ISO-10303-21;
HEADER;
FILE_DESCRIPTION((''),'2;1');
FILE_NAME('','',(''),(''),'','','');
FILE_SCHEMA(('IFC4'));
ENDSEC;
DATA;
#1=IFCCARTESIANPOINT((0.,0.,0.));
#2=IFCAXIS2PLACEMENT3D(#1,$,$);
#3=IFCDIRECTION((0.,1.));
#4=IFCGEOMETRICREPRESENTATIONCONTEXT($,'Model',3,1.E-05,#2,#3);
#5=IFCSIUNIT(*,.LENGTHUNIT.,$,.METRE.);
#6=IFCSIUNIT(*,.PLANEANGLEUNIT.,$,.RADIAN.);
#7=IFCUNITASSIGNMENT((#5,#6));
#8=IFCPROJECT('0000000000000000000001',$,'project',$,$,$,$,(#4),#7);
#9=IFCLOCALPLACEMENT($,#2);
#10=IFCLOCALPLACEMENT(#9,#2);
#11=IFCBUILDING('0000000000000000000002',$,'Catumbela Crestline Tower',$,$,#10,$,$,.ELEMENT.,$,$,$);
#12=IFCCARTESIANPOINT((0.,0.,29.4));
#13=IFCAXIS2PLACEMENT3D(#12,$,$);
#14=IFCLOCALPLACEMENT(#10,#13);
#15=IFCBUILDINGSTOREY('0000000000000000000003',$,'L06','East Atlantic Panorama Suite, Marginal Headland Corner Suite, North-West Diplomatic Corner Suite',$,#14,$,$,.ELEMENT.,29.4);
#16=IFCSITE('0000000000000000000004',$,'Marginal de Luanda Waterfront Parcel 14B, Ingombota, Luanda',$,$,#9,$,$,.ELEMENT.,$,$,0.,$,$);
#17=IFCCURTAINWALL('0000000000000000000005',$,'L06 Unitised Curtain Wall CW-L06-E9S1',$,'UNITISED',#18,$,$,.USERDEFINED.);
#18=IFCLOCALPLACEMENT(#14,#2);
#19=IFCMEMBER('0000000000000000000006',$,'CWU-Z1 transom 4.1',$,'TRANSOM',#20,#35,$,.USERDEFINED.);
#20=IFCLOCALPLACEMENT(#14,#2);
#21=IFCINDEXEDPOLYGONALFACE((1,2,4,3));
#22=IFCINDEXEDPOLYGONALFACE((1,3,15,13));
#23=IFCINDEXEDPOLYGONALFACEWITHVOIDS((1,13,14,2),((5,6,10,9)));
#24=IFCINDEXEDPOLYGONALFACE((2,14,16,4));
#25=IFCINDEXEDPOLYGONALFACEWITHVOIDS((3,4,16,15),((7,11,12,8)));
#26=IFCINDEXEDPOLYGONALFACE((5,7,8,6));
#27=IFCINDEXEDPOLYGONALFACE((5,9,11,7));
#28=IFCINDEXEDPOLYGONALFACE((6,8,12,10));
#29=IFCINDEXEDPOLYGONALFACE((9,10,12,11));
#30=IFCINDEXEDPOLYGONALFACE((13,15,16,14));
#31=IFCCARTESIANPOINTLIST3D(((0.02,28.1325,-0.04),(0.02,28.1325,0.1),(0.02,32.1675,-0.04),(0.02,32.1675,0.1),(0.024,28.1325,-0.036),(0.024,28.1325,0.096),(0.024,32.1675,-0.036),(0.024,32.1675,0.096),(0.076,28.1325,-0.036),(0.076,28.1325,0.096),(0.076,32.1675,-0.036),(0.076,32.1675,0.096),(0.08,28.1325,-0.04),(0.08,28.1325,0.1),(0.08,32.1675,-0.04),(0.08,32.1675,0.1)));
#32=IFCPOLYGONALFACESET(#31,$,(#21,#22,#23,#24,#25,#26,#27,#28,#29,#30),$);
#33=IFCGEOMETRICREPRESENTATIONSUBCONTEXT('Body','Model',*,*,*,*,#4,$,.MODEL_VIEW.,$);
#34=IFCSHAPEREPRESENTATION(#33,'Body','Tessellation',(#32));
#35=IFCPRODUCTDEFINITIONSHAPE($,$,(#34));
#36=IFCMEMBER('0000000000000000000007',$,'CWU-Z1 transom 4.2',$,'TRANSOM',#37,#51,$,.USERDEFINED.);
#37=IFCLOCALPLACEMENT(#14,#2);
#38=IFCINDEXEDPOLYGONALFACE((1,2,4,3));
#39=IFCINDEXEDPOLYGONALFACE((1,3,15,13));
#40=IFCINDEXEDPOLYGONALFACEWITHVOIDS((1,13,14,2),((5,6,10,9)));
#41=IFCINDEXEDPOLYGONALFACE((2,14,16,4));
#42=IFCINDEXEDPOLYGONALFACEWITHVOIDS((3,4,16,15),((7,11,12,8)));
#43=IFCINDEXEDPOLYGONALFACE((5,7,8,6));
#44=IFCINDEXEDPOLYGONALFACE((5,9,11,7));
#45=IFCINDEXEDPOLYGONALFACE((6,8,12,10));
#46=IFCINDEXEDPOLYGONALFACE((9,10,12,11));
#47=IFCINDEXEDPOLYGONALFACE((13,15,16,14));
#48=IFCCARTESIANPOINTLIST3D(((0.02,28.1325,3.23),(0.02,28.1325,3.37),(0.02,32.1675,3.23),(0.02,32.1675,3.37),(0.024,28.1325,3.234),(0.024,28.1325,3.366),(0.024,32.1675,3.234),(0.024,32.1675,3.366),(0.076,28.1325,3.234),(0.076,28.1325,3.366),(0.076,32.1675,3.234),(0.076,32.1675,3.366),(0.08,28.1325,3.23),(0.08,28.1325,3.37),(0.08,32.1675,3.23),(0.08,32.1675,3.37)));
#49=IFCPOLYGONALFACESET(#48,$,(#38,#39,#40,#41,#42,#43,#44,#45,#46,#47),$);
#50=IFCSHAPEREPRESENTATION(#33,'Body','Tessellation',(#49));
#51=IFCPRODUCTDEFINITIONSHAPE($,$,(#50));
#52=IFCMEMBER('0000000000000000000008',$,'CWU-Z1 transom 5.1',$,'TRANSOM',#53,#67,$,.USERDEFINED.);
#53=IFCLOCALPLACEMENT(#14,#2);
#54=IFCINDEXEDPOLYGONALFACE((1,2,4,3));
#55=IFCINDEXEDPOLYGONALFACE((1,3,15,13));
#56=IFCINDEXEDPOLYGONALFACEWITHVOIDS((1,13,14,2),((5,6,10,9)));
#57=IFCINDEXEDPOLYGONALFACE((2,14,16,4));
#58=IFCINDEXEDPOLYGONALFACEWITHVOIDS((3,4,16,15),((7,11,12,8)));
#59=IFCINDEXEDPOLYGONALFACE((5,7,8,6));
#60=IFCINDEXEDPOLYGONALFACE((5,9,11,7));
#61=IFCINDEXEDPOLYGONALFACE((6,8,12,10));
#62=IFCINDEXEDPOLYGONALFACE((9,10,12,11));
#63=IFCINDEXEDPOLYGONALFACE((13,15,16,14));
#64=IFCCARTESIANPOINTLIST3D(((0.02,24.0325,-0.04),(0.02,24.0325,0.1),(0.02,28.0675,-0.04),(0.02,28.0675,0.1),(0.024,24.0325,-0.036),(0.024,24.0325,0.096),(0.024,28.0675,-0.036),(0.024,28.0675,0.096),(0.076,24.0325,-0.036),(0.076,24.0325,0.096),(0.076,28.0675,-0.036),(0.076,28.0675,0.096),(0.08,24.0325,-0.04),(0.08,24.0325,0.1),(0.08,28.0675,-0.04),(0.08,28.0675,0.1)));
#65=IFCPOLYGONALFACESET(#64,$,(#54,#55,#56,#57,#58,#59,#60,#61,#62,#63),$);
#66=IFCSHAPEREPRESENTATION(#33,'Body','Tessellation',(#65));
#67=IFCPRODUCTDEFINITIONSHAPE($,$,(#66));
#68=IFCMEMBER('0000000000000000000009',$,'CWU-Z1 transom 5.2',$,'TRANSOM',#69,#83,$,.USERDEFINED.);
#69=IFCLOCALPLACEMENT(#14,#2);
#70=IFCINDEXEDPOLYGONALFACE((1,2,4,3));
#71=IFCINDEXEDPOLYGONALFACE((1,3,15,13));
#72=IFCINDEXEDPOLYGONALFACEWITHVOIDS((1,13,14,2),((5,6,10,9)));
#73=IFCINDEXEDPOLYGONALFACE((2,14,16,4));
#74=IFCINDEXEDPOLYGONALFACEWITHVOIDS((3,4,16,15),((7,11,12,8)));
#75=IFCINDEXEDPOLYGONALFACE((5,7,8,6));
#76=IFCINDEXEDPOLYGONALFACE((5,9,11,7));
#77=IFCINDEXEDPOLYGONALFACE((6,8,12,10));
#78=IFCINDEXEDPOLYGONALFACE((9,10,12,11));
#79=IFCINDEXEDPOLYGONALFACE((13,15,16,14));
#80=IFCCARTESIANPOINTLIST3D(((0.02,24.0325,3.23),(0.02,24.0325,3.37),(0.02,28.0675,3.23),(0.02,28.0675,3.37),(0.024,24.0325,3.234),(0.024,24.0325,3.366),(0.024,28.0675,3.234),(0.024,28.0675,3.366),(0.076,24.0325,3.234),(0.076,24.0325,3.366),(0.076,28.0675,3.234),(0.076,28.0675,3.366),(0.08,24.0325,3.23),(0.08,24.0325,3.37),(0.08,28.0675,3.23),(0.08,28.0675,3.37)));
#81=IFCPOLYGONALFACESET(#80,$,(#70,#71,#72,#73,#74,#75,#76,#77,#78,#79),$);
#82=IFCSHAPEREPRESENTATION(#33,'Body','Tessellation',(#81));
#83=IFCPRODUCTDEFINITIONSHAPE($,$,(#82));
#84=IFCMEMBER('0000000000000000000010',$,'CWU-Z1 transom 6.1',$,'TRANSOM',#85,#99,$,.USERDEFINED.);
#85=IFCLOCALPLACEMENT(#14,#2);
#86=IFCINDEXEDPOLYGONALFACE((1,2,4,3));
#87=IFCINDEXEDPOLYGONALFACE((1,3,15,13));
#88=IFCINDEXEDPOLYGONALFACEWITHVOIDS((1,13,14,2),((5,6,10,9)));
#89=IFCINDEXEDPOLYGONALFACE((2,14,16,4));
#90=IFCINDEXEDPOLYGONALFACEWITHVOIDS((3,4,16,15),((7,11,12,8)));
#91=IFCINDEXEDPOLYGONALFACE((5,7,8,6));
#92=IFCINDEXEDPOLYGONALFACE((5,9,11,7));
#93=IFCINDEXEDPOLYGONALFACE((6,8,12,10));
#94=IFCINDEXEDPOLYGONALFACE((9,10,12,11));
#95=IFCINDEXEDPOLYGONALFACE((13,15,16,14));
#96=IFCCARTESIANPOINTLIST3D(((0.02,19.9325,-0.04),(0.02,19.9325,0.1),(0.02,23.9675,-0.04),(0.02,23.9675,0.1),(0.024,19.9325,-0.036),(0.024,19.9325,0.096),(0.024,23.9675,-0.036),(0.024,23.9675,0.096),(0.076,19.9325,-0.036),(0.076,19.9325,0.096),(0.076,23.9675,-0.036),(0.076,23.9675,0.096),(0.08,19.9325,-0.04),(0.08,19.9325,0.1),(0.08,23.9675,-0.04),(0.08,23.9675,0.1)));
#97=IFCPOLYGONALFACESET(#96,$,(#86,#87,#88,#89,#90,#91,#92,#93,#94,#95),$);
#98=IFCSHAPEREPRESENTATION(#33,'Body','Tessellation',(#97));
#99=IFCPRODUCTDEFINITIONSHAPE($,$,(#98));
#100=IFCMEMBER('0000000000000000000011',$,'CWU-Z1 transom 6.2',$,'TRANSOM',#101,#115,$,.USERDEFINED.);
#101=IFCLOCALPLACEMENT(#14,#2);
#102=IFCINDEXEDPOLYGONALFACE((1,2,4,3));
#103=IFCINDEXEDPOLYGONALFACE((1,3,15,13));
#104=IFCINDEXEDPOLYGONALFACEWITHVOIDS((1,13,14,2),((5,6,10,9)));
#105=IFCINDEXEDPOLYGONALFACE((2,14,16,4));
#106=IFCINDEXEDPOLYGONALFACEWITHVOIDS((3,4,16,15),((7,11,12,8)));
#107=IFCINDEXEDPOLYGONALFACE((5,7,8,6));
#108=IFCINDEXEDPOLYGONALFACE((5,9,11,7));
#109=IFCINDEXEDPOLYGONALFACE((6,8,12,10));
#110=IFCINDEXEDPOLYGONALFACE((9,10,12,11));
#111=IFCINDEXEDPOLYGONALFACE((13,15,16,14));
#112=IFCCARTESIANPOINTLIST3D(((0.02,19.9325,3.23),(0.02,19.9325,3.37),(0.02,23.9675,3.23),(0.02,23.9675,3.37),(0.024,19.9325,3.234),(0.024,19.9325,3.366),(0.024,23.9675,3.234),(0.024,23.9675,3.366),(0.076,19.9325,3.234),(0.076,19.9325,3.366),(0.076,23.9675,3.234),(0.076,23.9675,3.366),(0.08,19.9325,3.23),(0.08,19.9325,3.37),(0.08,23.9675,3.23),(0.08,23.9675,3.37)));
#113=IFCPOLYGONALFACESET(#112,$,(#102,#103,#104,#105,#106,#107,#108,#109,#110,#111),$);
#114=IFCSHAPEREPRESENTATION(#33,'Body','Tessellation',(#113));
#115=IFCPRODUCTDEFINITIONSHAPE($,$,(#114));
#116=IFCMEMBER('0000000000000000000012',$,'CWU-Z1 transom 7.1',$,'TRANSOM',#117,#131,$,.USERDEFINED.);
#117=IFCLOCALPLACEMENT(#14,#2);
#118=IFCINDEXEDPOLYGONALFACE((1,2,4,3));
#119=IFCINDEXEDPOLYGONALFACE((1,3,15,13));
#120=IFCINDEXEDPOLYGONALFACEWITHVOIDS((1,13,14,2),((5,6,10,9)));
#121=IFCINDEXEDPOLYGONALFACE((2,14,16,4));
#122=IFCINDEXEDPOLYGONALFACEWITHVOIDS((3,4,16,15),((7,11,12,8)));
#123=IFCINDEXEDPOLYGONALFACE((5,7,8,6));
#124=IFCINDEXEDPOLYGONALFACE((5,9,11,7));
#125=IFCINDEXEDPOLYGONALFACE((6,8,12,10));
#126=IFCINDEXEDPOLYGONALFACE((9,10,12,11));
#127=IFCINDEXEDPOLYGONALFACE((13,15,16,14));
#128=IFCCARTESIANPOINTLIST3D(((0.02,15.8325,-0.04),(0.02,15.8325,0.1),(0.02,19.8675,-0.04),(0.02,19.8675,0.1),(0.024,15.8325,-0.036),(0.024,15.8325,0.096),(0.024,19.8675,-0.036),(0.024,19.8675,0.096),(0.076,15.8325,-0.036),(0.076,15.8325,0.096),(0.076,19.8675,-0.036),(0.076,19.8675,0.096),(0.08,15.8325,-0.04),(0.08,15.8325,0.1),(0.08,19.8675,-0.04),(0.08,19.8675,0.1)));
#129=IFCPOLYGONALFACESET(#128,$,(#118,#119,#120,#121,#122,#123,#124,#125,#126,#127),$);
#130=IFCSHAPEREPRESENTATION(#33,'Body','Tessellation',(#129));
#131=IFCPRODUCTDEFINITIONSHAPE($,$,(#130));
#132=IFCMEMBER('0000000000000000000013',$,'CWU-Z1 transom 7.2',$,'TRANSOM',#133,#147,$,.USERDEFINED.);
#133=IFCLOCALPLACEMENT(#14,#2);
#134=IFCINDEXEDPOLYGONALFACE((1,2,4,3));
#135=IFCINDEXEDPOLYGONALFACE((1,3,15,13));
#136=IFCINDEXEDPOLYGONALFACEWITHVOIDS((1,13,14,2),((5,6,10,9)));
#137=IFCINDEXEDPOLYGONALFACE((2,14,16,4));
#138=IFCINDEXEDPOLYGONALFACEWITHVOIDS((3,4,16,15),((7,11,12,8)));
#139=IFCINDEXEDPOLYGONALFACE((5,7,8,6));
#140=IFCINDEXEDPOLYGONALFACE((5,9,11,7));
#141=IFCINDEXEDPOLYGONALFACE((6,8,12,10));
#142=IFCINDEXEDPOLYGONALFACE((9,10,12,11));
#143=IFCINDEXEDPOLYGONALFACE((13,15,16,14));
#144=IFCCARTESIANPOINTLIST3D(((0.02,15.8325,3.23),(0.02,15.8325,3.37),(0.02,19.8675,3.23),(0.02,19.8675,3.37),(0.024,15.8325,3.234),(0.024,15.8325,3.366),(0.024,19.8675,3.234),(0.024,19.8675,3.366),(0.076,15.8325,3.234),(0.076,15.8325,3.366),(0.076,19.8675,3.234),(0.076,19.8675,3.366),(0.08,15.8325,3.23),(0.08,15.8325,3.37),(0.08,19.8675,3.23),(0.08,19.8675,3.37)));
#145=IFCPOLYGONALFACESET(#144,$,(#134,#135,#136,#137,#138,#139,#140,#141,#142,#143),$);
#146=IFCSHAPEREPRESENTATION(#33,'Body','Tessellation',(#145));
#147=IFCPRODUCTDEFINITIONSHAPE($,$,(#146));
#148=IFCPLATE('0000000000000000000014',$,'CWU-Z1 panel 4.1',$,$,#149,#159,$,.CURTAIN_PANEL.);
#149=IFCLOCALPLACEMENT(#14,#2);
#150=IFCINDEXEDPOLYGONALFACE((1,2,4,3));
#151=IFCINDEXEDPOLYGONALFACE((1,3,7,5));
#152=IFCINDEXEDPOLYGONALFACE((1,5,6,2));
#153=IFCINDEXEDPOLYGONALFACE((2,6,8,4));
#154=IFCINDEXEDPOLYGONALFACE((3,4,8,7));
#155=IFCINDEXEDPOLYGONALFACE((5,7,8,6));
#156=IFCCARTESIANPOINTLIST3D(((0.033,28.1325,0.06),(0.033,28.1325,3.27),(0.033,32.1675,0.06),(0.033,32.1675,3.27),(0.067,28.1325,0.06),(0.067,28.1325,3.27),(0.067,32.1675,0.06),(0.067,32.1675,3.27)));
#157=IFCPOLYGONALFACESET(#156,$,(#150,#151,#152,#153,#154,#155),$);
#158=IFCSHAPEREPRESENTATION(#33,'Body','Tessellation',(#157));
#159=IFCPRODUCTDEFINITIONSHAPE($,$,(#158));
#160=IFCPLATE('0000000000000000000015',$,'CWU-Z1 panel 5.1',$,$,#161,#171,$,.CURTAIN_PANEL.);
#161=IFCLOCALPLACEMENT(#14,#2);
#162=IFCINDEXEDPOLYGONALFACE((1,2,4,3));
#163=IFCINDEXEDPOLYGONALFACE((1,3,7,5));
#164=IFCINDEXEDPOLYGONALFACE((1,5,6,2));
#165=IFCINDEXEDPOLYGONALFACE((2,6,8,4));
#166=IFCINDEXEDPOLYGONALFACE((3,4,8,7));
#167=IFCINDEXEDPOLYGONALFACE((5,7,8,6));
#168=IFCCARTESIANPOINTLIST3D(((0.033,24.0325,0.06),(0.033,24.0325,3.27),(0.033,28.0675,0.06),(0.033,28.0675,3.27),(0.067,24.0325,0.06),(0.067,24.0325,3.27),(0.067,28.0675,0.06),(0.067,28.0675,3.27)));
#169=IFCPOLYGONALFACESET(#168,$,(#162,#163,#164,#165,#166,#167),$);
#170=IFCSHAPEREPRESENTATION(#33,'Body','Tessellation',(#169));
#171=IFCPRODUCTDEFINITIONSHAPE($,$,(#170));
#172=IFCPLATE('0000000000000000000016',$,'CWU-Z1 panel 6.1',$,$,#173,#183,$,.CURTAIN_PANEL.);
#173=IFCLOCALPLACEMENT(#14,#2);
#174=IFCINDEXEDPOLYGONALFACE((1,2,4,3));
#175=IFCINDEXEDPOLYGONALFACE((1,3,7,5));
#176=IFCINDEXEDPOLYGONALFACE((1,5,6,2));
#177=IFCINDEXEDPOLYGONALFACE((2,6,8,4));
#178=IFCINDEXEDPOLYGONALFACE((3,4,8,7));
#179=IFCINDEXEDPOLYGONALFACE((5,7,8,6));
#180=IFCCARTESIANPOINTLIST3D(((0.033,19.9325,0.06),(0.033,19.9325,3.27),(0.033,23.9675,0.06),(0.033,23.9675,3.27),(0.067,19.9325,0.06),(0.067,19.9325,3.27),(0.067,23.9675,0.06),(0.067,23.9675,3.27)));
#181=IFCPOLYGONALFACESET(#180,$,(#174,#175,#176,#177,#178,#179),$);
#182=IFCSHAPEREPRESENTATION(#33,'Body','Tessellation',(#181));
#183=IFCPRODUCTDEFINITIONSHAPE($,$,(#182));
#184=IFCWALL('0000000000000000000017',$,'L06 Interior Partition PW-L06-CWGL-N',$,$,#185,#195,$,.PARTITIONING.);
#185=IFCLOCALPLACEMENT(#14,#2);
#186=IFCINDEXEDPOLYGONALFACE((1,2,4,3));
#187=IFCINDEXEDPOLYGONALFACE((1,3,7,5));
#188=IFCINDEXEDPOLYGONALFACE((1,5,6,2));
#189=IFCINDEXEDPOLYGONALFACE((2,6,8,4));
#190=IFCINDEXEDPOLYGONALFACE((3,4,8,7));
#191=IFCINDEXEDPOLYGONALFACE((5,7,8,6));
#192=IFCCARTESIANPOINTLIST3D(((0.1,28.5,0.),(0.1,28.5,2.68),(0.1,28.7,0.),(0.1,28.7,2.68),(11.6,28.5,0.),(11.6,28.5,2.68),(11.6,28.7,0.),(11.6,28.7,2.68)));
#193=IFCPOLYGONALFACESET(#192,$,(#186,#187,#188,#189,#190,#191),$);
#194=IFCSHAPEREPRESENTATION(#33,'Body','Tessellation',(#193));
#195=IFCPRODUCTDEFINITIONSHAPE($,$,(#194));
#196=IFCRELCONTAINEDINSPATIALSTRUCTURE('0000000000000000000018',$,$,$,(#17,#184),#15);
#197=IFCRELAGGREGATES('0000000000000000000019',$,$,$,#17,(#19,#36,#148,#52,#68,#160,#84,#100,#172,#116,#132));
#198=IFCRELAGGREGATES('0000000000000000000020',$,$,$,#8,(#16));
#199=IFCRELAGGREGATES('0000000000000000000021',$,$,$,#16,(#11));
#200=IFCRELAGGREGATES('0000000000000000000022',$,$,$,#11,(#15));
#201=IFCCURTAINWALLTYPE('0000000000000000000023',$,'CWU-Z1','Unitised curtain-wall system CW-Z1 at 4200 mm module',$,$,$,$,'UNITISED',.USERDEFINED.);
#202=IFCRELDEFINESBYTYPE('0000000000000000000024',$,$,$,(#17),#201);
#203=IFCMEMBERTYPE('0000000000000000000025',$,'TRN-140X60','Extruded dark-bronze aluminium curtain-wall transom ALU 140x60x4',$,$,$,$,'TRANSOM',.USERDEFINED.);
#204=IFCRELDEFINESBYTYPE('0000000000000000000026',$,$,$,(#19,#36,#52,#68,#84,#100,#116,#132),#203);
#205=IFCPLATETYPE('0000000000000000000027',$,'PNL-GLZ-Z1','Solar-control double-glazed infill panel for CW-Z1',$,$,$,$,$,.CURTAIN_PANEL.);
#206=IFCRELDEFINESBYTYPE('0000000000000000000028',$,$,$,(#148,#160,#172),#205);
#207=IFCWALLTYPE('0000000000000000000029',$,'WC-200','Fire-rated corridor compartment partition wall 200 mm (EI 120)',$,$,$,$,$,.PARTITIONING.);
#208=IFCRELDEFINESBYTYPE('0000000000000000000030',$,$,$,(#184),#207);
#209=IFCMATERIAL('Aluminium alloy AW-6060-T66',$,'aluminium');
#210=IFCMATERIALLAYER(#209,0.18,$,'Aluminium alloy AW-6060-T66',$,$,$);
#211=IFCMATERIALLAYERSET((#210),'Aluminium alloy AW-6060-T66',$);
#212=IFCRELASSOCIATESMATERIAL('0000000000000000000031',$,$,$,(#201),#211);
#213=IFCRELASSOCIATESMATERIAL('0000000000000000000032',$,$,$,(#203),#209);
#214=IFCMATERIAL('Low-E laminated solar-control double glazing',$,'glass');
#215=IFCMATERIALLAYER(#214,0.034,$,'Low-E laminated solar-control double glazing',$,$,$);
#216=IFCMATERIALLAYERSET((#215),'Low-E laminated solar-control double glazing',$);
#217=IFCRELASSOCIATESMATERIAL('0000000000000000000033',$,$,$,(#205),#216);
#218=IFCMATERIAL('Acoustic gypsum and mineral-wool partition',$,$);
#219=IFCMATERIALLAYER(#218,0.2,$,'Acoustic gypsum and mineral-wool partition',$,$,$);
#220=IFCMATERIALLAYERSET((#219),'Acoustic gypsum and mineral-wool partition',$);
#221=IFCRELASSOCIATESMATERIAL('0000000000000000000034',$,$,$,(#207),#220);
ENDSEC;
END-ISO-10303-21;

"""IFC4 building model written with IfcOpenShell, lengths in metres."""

from ifc_helpers import new_model, si_unit, direction, frame, frame_2d, origin, origin_2d, place, context, subcontext, project, spatial, rectangle, hollow_rectangle, extrude, material, layer, layer_set, material_profile, profile_set, type_object, element, aggregate, save


model = new_model("IFC4")

# Units and contexts
model_context = context("Model", 3, precision=1e-05, world=origin(), true_north=direction((0.0, 1.0)))
body_context = subcontext(model_context, "Body", "Model", "MODEL_VIEW")
ifc_project = project(units=[si_unit("LENGTHUNIT", "METRE"), si_unit("PLANEANGLEUNIT", "RADIAN")], contexts=[model_context])

# Site, building, storey
site_placement = place(None, origin())
site = spatial("IfcSite", under=ifc_project, at=site_placement, Name="Marginal de Luanda Waterfront Parcel 14B, Ingombota, Luanda", CompositionType="ELEMENT", RefElevation=0.0)
building_placement = place(site_placement, origin())
building = spatial("IfcBuilding", under=site, at=building_placement, Name="Catumbela Crestline Tower", CompositionType="ELEMENT")
storey_placement = place(building_placement, frame((0.0, 0.0, 29.4)))
storey = spatial("IfcBuildingStorey", under=building, at=storey_placement, Name="L06", Description="East Atlantic Panorama Suite, Marginal Headland Corner Suite, North-West Diplomatic Corner Suite", CompositionType="ELEMENT", Elevation=29.4)

# Curtain wall
ifc_material_1 = material(Name="Aluminium alloy AW-6060-T66", Category="aluminium")
ifc_layer_1 = layer(ifc_material_1, 0.18, Name="Aluminium alloy AW-6060-T66")
ifc_layer_set_1 = layer_set([ifc_layer_1], Name="Aluminium alloy AW-6060-T66")
curtain_wall_type = type_object("IfcCurtainWallType", Name="CWU-Z1", Description="Unitised curtain-wall system CW-Z1 at 4200 mm module", ElementType="UNITISED", PredefinedType="USERDEFINED", material=ifc_layer_set_1)
curtain_wall_placement = place(storey_placement, origin())
curtain_wall = element("IfcCurtainWall", 1, at=curtain_wall_placement, inside=storey, type_object=curtain_wall_type, Name="L06 Unitised Curtain Wall CW-L06-E9S1", ObjectType="UNITISED", PredefinedType="USERDEFINED")

# Members
ifc_material_profile_1 = material_profile(ifc_material_1, hollow_rectangle(XDim=0.06, YDim=0.14, WallThickness=0.004, at=origin_2d()), Name="ALU 140x60x4")
ifc_profile_set_1 = profile_set([ifc_material_profile_1], Name="Aluminium alloy AW-6060-T66")
member_type_1 = type_object("IfcMemberType", Name="TRN-140X60", Description="Extruded dark-bronze aluminium curtain-wall transom ALU 140x60x4", ElementType="TRANSOM", PredefinedType="USERDEFINED", material=ifc_profile_set_1)
member_1_placement = place(storey_placement, frame((0.05, 32.1675, 0.03), z_axis=(0.0, -1.0, 0.0), x_axis=(1.0, 0.0, 0.0)))
member_1 = element("IfcMember", 2, at=member_1_placement, type_object=member_type_1, Name="CWU-Z1 transom 4.1", ObjectType="TRANSOM", PredefinedType="USERDEFINED", context=body_context, shape_type="SweptSolid", body=[
    extrude(hollow_rectangle(XDim=0.06, YDim=0.14, WallThickness=0.004, at=origin_2d()), origin(), (0.0, 0.0, 1.0), 4.035),
])
member_2_placement = place(storey_placement, frame((0.05, 32.1675, 3.3), z_axis=(0.0, -1.0, 0.0), x_axis=(1.0, 0.0, 0.0)))
member_2 = element("IfcMember", 3, at=member_2_placement, type_object=member_type_1, Name="CWU-Z1 transom 4.2", ObjectType="TRANSOM", PredefinedType="USERDEFINED", context=body_context, shape_type="SweptSolid", body=[
    extrude(hollow_rectangle(XDim=0.06, YDim=0.14, WallThickness=0.004, at=origin_2d()), origin(), (0.0, 0.0, 1.0), 4.035),
])
member_3_placement = place(storey_placement, frame((0.05, 28.0675, 0.03), z_axis=(0.0, -1.0, 0.0), x_axis=(1.0, 0.0, 0.0)))
member_3 = element("IfcMember", 4, at=member_3_placement, type_object=member_type_1, Name="CWU-Z1 transom 5.1", ObjectType="TRANSOM", PredefinedType="USERDEFINED", context=body_context, shape_type="SweptSolid", body=[
    extrude(hollow_rectangle(XDim=0.06, YDim=0.14, WallThickness=0.004, at=origin_2d()), origin(), (0.0, 0.0, 1.0), 4.035),
])
member_4_placement = place(storey_placement, frame((0.05, 28.0675, 3.3), z_axis=(0.0, -1.0, 0.0), x_axis=(1.0, 0.0, 0.0)))
member_4 = element("IfcMember", 5, at=member_4_placement, type_object=member_type_1, Name="CWU-Z1 transom 5.2", ObjectType="TRANSOM", PredefinedType="USERDEFINED", context=body_context, shape_type="SweptSolid", body=[
    extrude(hollow_rectangle(XDim=0.06, YDim=0.14, WallThickness=0.004, at=origin_2d()), origin(), (0.0, 0.0, 1.0), 4.035),
])
member_5_placement = place(storey_placement, frame((0.05, 23.9675, 0.03), z_axis=(0.0, -1.0, 0.0), x_axis=(1.0, 0.0, 0.0)))
member_5 = element("IfcMember", 6, at=member_5_placement, type_object=member_type_1, Name="CWU-Z1 transom 6.1", ObjectType="TRANSOM", PredefinedType="USERDEFINED", context=body_context, shape_type="SweptSolid", body=[
    extrude(hollow_rectangle(XDim=0.06, YDim=0.14, WallThickness=0.004, at=origin_2d()), origin(), (0.0, 0.0, 1.0), 4.035),
])
member_6_placement = place(storey_placement, frame((0.05, 23.9675, 3.3), z_axis=(0.0, -1.0, 0.0), x_axis=(1.0, 0.0, 0.0)))
member_6 = element("IfcMember", 7, at=member_6_placement, type_object=member_type_1, Name="CWU-Z1 transom 6.2", ObjectType="TRANSOM", PredefinedType="USERDEFINED", context=body_context, shape_type="SweptSolid", body=[
    extrude(hollow_rectangle(XDim=0.06, YDim=0.14, WallThickness=0.004, at=origin_2d()), origin(), (0.0, 0.0, 1.0), 4.035),
])
member_7_placement = place(storey_placement, frame((0.05, 19.8675, 0.03), z_axis=(0.0, -1.0, 0.0), x_axis=(1.0, 0.0, 0.0)))
member_7 = element("IfcMember", 8, at=member_7_placement, type_object=member_type_1, Name="CWU-Z1 transom 7.1", ObjectType="TRANSOM", PredefinedType="USERDEFINED", context=body_context, shape_type="SweptSolid", body=[
    extrude(hollow_rectangle(XDim=0.06, YDim=0.14, WallThickness=0.004, at=origin_2d()), origin(), (0.0, 0.0, 1.0), 4.035),
])
member_8_placement = place(storey_placement, frame((0.05, 19.8675, 3.3), z_axis=(0.0, -1.0, 0.0), x_axis=(1.0, 0.0, 0.0)))
member_8 = element("IfcMember", 9, at=member_8_placement, type_object=member_type_1, Name="CWU-Z1 transom 7.2", ObjectType="TRANSOM", PredefinedType="USERDEFINED", context=body_context, shape_type="SweptSolid", body=[
    extrude(hollow_rectangle(XDim=0.06, YDim=0.14, WallThickness=0.004, at=origin_2d()), origin(), (0.0, 0.0, 1.0), 4.035),
])

# Plates
ifc_material_2 = material(Name="Low-E laminated solar-control double glazing", Category="glass")
ifc_layer_2 = layer(ifc_material_2, 0.034, Name="Low-E laminated solar-control double glazing")
ifc_layer_set_2 = layer_set([ifc_layer_2], Name="Low-E laminated solar-control double glazing")
plate_type = type_object("IfcPlateType", Name="PNL-GLZ-Z1", Description="Solar-control double-glazed infill panel for CW-Z1", PredefinedType="CURTAIN_PANEL", material=ifc_layer_set_2)
plate_1_placement = place(storey_placement, frame((0.05, 30.15, 0.06), z_axis=(0.0, 0.0, 1.0), x_axis=(0.0, -1.0, 0.0)))
plate_1 = element("IfcPlate", 10, at=plate_1_placement, type_object=plate_type, Name="CWU-Z1 panel 4.1", PredefinedType="CURTAIN_PANEL", context=body_context, shape_type="SweptSolid", body=[
    extrude(rectangle(XDim=4.035, YDim=0.034, at=origin_2d()), origin(), (0.0, 0.0, 1.0), 3.21),
])
plate_2_placement = place(storey_placement, frame((0.05, 26.05, 0.06), z_axis=(0.0, 0.0, 1.0), x_axis=(0.0, -1.0, 0.0)))
plate_2 = element("IfcPlate", 11, at=plate_2_placement, type_object=plate_type, Name="CWU-Z1 panel 5.1", PredefinedType="CURTAIN_PANEL", context=body_context, shape_type="SweptSolid", body=[
    extrude(rectangle(XDim=4.035, YDim=0.034, at=origin_2d()), origin(), (0.0, 0.0, 1.0), 3.21),
])
plate_3_placement = place(storey_placement, frame((0.05, 21.95, 0.06), z_axis=(0.0, 0.0, 1.0), x_axis=(0.0, -1.0, 0.0)))
plate_3 = element("IfcPlate", 12, at=plate_3_placement, type_object=plate_type, Name="CWU-Z1 panel 6.1", PredefinedType="CURTAIN_PANEL", context=body_context, shape_type="SweptSolid", body=[
    extrude(rectangle(XDim=4.035, YDim=0.034, at=origin_2d()), origin(), (0.0, 0.0, 1.0), 3.21),
])
aggregate(curtain_wall, [member_1, member_2, plate_1, member_3, member_4, plate_2, member_5, member_6, plate_3, member_7, member_8])

# Wall
ifc_material_3 = material(Name="Acoustic gypsum and mineral-wool partition")
ifc_layer_3 = layer(ifc_material_3, 0.2, Name="Acoustic gypsum and mineral-wool partition")
ifc_layer_set_3 = layer_set([ifc_layer_3], Name="Acoustic gypsum and mineral-wool partition")
wall_type_1 = type_object("IfcWallType", Name="WC-200", Description="Fire-rated corridor compartment partition wall 200 mm (EI 120)", PredefinedType="PARTITIONING", material=ifc_layer_set_3)
wall_1_placement = place(storey_placement, frame((0.1, 28.6, 0.0), z_axis=(0.0, 0.0, 1.0), x_axis=(1.0, 0.0, 0.0)))
element("IfcWall", 13, at=wall_1_placement, inside=storey, type_object=wall_type_1, Name="L06 Interior Partition PW-L06-CWGL-N", PredefinedType="PARTITIONING", context=body_context, shape_type="SweptSolid", body=[
    extrude(rectangle(XDim=11.5, YDim=0.2, at=frame_2d((5.75, 0.0))), origin(), (0.0, 0.0, 1.0), 2.68),
])

save(model, "model.ifc")
